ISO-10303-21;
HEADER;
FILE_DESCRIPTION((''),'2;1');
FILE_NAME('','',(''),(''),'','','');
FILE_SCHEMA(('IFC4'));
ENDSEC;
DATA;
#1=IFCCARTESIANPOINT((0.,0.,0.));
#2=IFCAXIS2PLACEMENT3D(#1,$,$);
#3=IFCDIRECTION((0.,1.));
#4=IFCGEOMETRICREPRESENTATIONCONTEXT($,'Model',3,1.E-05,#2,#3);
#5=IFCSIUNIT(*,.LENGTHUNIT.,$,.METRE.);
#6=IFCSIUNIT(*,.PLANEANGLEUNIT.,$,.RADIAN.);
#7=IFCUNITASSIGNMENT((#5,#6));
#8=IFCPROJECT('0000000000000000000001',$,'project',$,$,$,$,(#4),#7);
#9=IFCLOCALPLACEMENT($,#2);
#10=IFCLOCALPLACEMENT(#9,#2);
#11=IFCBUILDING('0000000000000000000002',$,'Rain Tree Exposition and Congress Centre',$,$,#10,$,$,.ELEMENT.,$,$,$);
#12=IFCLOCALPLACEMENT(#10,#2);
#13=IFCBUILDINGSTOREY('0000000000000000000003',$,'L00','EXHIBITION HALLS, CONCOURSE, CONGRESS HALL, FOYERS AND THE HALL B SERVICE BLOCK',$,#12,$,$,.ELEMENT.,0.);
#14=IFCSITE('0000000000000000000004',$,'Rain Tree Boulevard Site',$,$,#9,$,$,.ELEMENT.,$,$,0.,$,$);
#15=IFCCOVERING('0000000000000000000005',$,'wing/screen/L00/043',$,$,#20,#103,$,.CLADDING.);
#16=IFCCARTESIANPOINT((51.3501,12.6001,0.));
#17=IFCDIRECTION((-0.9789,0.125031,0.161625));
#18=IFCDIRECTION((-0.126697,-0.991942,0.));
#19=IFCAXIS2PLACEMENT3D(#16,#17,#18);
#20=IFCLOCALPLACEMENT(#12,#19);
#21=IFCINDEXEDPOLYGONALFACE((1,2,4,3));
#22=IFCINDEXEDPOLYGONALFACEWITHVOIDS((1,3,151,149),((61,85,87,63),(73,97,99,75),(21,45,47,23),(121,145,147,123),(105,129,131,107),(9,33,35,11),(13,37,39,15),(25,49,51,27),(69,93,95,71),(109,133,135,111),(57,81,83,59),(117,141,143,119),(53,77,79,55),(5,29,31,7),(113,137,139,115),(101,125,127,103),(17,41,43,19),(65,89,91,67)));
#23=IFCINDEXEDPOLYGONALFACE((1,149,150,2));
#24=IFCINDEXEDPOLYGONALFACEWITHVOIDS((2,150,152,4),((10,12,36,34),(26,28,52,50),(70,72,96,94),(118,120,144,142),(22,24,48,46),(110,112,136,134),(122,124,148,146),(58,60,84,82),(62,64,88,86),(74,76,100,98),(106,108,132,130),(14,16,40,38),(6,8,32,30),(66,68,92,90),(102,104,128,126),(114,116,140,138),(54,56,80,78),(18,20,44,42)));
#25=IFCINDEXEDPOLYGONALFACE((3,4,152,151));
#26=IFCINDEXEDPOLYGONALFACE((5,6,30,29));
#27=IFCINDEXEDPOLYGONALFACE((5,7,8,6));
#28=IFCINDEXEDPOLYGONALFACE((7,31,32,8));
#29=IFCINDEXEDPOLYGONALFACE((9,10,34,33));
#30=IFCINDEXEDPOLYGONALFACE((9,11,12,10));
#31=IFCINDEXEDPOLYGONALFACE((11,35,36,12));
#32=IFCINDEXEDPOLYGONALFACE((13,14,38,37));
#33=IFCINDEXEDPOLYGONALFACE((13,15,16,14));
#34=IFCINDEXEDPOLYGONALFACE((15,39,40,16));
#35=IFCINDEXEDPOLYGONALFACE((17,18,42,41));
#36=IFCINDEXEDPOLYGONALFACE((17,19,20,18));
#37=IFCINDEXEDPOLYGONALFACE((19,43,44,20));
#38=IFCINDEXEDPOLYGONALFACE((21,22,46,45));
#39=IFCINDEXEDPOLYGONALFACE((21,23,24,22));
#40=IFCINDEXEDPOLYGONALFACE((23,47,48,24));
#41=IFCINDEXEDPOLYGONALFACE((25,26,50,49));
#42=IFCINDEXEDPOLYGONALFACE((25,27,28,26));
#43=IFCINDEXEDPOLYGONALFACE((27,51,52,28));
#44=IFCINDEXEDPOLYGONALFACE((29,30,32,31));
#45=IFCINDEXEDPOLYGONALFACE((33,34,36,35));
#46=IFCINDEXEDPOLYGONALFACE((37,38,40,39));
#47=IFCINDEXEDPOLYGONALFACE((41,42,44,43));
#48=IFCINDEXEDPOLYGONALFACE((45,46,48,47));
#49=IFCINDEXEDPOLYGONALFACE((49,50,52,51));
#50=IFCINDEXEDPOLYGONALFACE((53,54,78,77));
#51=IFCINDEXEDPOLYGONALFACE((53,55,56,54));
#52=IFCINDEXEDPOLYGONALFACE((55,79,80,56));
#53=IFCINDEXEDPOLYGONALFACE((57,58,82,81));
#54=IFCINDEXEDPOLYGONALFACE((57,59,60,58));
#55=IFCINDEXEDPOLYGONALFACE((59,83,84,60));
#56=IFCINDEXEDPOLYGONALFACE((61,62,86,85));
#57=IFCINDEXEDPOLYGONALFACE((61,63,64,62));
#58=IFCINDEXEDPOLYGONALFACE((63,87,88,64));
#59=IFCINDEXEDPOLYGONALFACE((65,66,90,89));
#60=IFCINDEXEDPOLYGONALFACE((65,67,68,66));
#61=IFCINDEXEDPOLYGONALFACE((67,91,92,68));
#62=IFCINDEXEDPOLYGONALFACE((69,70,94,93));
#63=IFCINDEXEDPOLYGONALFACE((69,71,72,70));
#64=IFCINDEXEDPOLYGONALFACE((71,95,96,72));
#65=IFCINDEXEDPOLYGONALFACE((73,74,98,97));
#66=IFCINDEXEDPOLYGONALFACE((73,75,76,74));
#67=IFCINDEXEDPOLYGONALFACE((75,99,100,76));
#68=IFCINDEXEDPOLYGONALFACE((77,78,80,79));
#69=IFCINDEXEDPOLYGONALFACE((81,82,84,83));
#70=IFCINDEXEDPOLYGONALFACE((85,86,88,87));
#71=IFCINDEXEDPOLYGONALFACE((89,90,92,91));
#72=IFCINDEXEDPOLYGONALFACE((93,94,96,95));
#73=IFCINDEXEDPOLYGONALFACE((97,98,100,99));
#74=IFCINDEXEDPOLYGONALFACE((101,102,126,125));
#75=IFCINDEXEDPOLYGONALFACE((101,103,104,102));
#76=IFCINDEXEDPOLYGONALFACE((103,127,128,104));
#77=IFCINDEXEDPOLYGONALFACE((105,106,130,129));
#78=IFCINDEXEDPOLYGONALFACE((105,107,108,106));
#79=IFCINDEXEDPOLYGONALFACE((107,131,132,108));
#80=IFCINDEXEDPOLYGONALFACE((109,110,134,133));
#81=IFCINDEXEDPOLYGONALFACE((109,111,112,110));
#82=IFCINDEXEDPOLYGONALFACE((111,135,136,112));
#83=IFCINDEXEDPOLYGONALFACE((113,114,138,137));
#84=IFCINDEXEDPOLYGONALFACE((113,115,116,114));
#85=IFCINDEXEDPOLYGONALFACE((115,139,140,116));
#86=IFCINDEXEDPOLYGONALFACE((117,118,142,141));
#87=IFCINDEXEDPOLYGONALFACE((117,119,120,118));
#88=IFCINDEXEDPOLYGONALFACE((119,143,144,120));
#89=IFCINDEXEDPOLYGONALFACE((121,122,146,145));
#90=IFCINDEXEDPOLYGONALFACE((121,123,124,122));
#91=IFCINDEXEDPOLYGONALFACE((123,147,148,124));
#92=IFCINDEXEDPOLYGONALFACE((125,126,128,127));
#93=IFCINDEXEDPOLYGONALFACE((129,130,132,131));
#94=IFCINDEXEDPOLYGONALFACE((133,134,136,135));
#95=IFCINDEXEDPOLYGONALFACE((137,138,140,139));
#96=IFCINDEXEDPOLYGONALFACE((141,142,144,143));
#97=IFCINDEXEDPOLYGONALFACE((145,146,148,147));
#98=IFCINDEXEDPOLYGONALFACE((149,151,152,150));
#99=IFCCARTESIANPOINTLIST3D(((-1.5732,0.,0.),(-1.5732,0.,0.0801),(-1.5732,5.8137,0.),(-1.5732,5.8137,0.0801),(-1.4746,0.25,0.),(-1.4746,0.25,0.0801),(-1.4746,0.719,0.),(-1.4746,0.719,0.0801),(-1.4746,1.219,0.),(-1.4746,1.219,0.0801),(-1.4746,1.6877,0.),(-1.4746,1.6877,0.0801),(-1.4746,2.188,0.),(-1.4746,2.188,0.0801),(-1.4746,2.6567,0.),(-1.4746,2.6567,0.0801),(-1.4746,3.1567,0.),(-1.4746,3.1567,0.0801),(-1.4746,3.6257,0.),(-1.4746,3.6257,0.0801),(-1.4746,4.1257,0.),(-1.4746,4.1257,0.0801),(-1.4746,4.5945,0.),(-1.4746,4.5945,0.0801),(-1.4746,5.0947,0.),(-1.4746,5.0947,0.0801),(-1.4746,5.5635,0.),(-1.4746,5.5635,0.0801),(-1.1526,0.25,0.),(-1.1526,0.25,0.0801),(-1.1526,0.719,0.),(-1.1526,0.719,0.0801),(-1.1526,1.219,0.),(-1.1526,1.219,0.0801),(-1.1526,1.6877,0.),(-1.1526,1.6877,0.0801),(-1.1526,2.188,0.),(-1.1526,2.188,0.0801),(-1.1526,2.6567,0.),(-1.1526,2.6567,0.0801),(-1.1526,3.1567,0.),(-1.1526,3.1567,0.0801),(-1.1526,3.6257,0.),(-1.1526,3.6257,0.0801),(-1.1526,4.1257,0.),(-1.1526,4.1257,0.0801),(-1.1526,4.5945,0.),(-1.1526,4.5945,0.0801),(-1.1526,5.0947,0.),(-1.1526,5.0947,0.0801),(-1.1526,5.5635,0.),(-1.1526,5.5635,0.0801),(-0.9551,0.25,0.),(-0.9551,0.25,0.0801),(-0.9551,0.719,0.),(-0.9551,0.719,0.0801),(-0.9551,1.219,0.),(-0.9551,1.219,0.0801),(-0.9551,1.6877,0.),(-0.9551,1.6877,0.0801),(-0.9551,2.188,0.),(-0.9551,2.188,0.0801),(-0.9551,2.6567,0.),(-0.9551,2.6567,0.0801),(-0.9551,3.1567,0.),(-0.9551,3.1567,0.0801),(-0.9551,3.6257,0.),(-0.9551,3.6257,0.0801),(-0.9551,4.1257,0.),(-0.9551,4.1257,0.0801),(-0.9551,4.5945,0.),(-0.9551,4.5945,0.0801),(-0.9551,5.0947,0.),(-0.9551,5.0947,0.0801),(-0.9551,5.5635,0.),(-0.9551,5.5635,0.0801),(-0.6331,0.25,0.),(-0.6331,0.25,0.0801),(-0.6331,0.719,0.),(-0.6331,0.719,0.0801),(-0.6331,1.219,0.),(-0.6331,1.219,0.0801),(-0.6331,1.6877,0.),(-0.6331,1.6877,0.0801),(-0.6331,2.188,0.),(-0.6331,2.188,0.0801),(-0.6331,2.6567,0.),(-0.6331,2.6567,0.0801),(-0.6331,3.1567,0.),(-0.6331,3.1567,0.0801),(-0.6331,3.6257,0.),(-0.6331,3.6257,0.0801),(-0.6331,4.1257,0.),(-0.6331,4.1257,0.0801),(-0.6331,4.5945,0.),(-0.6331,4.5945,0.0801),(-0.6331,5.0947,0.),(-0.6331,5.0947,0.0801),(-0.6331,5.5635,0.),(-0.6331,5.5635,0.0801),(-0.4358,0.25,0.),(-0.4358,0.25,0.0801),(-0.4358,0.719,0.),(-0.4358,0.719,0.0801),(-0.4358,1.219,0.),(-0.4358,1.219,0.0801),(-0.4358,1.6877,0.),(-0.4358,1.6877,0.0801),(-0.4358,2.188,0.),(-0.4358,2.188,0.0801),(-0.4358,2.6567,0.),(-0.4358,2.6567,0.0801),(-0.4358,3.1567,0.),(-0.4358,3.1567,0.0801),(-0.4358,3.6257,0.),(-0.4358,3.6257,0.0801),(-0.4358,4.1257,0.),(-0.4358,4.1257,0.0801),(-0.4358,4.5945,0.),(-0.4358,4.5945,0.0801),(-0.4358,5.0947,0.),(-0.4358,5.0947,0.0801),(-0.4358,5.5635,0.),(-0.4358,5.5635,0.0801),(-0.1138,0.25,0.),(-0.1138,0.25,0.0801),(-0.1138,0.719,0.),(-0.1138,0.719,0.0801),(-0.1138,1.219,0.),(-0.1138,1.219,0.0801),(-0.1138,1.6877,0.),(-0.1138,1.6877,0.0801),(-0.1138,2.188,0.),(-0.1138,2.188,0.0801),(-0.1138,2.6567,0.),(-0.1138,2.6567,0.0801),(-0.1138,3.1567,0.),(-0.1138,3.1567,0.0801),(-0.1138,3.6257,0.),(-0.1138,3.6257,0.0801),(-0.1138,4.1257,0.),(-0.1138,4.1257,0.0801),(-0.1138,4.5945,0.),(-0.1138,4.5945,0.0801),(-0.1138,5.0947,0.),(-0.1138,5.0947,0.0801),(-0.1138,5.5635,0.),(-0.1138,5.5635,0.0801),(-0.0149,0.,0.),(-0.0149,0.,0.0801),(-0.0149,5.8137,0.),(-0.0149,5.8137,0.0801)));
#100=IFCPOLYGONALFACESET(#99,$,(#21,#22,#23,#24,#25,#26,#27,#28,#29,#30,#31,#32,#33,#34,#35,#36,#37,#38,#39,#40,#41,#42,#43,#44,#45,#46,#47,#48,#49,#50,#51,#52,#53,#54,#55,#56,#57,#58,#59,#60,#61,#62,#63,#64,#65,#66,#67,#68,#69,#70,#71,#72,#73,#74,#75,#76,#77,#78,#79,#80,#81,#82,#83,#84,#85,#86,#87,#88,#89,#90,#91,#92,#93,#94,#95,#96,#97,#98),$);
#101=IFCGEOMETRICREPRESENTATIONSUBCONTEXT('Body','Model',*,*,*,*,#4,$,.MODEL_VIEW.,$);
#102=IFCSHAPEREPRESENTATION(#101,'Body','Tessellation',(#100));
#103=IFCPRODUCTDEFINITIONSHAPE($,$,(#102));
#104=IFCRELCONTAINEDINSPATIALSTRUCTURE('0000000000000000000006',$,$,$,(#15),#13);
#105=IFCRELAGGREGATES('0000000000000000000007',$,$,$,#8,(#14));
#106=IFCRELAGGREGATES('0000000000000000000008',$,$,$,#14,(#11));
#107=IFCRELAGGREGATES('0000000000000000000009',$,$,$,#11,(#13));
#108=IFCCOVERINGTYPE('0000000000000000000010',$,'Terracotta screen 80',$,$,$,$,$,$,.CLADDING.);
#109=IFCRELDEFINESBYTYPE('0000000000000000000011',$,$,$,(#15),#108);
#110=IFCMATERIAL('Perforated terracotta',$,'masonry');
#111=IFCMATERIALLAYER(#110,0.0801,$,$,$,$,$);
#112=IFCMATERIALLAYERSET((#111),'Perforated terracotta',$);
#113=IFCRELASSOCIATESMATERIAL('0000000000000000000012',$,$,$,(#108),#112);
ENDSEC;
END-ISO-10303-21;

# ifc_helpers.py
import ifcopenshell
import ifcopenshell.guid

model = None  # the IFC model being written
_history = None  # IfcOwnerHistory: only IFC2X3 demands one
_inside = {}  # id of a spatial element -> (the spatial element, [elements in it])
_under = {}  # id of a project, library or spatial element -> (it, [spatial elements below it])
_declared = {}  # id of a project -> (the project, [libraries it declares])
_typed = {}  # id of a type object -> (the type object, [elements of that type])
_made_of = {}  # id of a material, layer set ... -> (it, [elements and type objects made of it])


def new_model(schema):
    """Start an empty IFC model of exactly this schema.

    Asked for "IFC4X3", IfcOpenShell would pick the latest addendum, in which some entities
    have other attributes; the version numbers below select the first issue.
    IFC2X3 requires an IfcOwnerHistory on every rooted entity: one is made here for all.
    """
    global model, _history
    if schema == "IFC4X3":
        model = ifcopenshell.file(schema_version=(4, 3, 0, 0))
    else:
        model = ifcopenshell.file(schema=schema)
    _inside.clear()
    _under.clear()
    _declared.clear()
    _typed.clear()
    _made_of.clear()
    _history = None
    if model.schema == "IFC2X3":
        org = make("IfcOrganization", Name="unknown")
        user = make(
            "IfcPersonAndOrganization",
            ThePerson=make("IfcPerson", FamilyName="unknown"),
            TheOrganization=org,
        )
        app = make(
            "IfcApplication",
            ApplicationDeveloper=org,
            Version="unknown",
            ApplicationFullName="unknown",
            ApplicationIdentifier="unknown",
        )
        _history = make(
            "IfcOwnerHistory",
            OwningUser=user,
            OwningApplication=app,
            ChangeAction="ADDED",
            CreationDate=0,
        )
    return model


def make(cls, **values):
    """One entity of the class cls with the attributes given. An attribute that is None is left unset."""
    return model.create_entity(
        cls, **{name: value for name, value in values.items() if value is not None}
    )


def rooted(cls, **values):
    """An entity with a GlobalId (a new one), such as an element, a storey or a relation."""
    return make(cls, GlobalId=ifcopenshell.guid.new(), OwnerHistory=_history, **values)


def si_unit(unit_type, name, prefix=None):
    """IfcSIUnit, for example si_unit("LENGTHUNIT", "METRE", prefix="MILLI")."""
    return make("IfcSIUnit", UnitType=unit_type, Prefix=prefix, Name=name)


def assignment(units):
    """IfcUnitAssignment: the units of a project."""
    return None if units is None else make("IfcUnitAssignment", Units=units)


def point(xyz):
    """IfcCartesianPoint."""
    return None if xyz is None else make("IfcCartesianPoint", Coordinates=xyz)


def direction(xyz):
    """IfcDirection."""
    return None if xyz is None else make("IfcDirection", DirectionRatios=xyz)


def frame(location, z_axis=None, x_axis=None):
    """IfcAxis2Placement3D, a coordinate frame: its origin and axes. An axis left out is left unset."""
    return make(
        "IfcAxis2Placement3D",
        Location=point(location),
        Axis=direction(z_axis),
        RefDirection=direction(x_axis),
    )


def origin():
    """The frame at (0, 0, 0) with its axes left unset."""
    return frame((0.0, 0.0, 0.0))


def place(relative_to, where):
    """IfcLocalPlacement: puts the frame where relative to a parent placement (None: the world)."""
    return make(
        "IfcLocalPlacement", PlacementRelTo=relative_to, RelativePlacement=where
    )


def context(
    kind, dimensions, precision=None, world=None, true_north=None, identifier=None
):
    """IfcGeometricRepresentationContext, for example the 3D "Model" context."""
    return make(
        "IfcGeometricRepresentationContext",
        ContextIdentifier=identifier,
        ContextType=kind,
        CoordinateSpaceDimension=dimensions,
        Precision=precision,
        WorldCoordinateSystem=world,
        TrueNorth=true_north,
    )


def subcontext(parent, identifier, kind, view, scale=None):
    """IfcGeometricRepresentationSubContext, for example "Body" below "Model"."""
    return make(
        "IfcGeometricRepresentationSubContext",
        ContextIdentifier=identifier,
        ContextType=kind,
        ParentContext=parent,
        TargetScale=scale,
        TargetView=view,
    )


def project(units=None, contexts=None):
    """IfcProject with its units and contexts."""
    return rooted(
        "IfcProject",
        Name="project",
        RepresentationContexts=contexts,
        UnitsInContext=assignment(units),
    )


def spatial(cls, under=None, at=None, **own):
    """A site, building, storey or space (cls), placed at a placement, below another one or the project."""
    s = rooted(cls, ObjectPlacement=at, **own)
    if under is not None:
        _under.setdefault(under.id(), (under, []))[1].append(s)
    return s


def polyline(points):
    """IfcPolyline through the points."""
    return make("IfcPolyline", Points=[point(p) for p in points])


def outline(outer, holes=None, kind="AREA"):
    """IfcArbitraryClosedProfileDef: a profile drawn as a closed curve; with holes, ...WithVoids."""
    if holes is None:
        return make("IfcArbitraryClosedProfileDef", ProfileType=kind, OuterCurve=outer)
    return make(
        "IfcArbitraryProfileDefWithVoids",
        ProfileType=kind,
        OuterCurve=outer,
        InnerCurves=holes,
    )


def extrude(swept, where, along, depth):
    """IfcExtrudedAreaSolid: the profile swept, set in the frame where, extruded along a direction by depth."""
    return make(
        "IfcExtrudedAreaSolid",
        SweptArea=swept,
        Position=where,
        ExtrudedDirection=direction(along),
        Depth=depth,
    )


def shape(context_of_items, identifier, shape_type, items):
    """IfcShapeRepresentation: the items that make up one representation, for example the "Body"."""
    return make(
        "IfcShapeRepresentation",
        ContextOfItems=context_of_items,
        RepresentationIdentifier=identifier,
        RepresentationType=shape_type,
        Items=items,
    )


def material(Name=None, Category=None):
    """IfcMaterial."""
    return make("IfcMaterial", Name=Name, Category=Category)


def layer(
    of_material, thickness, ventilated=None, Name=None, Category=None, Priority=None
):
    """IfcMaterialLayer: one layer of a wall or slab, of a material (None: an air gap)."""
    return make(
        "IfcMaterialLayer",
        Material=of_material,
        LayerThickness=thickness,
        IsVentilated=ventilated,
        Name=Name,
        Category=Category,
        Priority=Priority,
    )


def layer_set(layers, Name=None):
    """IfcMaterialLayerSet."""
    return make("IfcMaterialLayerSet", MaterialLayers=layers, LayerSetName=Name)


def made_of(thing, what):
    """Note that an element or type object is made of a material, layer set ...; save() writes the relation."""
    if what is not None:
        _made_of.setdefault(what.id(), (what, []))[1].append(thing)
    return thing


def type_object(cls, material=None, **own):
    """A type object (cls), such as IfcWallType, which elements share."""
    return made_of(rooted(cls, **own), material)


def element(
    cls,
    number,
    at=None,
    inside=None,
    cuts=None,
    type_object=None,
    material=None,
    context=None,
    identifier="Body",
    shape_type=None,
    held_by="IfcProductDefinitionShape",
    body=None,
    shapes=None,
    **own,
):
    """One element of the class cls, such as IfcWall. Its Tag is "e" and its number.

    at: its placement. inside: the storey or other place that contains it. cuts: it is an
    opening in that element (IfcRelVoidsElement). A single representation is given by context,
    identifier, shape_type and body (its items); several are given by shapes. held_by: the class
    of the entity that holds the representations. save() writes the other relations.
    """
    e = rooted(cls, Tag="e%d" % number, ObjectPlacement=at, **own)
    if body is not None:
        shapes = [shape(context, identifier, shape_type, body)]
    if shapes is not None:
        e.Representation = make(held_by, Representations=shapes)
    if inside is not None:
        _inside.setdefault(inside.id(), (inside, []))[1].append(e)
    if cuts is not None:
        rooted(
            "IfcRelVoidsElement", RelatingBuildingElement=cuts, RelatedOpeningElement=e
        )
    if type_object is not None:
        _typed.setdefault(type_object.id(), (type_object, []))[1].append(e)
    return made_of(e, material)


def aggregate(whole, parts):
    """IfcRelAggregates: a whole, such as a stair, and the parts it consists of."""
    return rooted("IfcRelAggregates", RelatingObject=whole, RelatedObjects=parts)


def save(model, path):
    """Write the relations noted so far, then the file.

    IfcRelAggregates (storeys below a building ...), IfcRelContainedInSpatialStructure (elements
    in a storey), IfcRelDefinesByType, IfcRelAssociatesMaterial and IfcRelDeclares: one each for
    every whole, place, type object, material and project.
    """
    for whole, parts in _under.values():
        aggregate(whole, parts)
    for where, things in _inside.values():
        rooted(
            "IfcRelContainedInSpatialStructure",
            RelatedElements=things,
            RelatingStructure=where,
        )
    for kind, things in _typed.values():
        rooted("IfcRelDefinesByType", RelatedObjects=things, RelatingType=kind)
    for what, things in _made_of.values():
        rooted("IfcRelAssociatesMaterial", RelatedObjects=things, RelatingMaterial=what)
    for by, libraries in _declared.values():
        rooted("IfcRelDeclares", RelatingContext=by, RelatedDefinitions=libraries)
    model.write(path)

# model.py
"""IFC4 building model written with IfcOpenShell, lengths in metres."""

from ifc_helpers import new_model, si_unit, direction, frame, origin, place, context, subcontext, project, spatial, polyline, outline, extrude, material, layer, layer_set, type_object, element, save


model = new_model("IFC4")

# Units and contexts
model_context = context("Model", 3, precision=1e-05, world=origin(), true_north=direction((0.0, 1.0)))
body_context = subcontext(model_context, "Body", "Model", "MODEL_VIEW")
ifc_project = project(units=[si_unit("LENGTHUNIT", "METRE"), si_unit("PLANEANGLEUNIT", "RADIAN")], contexts=[model_context])

# Site, building, storey
site_placement = place(None, origin())
site = spatial("IfcSite", under=ifc_project, at=site_placement, Name="Rain Tree Boulevard Site", CompositionType="ELEMENT", RefElevation=0.0)
building_placement = place(site_placement, origin())
building = spatial("IfcBuilding", under=site, at=building_placement, Name="Rain Tree Exposition and Congress Centre", CompositionType="ELEMENT")
storey_placement = place(building_placement, origin())
storey = spatial("IfcBuildingStorey", under=building, at=storey_placement, Name="L00", Description="EXHIBITION HALLS, CONCOURSE, CONGRESS HALL, FOYERS AND THE HALL B SERVICE BLOCK", CompositionType="ELEMENT", Elevation=0.0)

# Covering
ifc_material_1 = material(Name="Perforated terracotta", Category="masonry")
ifc_layer_1 = layer(ifc_material_1, 0.0801)
ifc_layer_set_1 = layer_set([ifc_layer_1], Name="Perforated terracotta")
covering_type = type_object("IfcCoveringType", Name="Terracotta screen 80", PredefinedType="CLADDING", material=ifc_layer_set_1)
covering_1_placement = place(storey_placement, frame((51.3501, 12.6001, 0.0), z_axis=(-0.9789, 0.125031, 0.161625), x_axis=(-0.126697, -0.991942, 0.0)))
element("IfcCovering", 1, at=covering_1_placement, inside=storey, type_object=covering_type, Name="wing/screen/L00/043", PredefinedType="CLADDING", context=body_context, shape_type="SweptSolid", body=[
    extrude(outline(polyline([(-0.0149, 5.8137), (-0.0149, 0.0), (-1.5732, 0.0), (-1.5732, 5.8137), (-0.0149, 5.8137)]), holes=[polyline([(-0.1138, 0.25), (-0.1138, 0.719), (-0.4358, 0.719), (-0.4358, 0.25), (-0.1138, 0.25)]), polyline([(-0.1138, 1.219), (-0.1138, 1.6877), (-0.4358, 1.6877), (-0.4358, 1.219), (-0.1138, 1.219)]), polyline([(-0.1138, 2.188), (-0.1138, 2.6567), (-0.4358, 2.6567), (-0.4358, 2.188), (-0.1138, 2.188)]), polyline([(-0.1138, 3.1567), (-0.1138, 3.6257), (-0.4358, 3.6257), (-0.4358, 3.1567), (-0.1138, 3.1567)]), polyline([(-0.1138, 4.1257), (-0.1138, 4.5945), (-0.4358, 4.5945), (-0.4358, 4.1257), (-0.1138, 4.1257)]), polyline([(-0.1138, 5.0947), (-0.1138, 5.5635), (-0.4358, 5.5635), (-0.4358, 5.0947), (-0.1138, 5.0947)]), polyline([(-0.6331, 0.25), (-0.6331, 0.719), (-0.9551, 0.719), (-0.9551, 0.25), (-0.6331, 0.25)]), polyline([(-0.6331, 1.219), (-0.6331, 1.6877), (-0.9551, 1.6877), (-0.9551, 1.219), (-0.6331, 1.219)]), polyline([(-0.6331, 2.188), (-0.6331, 2.6567), (-0.9551, 2.6567), (-0.9551, 2.188), (-0.6331, 2.188)]), polyline([(-0.6331, 3.1567), (-0.6331, 3.6257), (-0.9551, 3.6257), (-0.9551, 3.1567), (-0.6331, 3.1567)]), polyline([(-0.6331, 4.1257), (-0.6331, 4.5945), (-0.9551, 4.5945), (-0.9551, 4.1257), (-0.6331, 4.1257)]), polyline([(-0.6331, 5.0947), (-0.6331, 5.5635), (-0.9551, 5.5635), (-0.9551, 5.0947), (-0.6331, 5.0947)]), polyline([(-1.1526, 0.25), (-1.1526, 0.719), (-1.4746, 0.719), (-1.4746, 0.25), (-1.1526, 0.25)]), polyline([(-1.1526, 1.219), (-1.1526, 1.6877), (-1.4746, 1.6877), (-1.4746, 1.219), (-1.1526, 1.219)]), polyline([(-1.1526, 2.188), (-1.1526, 2.6567), (-1.4746, 2.6567), (-1.4746, 2.188), (-1.1526, 2.188)]), polyline([(-1.1526, 3.1567), (-1.1526, 3.6257), (-1.4746, 3.6257), (-1.4746, 3.1567), (-1.1526, 3.1567)]), polyline([(-1.1526, 4.1257), (-1.1526, 4.5945), (-1.4746, 4.5945), (-1.4746, 4.1257), (-1.1526, 4.1257)]), polyline([(-1.1526, 5.0947), (-1.1526, 5.5635), (-1.4746, 5.5635), (-1.4746, 5.0947), (-1.1526, 5.0947)])]), origin(), (0.0, 0.0, 1.0), 0.0801),
])

save(model, "model.ifc")
